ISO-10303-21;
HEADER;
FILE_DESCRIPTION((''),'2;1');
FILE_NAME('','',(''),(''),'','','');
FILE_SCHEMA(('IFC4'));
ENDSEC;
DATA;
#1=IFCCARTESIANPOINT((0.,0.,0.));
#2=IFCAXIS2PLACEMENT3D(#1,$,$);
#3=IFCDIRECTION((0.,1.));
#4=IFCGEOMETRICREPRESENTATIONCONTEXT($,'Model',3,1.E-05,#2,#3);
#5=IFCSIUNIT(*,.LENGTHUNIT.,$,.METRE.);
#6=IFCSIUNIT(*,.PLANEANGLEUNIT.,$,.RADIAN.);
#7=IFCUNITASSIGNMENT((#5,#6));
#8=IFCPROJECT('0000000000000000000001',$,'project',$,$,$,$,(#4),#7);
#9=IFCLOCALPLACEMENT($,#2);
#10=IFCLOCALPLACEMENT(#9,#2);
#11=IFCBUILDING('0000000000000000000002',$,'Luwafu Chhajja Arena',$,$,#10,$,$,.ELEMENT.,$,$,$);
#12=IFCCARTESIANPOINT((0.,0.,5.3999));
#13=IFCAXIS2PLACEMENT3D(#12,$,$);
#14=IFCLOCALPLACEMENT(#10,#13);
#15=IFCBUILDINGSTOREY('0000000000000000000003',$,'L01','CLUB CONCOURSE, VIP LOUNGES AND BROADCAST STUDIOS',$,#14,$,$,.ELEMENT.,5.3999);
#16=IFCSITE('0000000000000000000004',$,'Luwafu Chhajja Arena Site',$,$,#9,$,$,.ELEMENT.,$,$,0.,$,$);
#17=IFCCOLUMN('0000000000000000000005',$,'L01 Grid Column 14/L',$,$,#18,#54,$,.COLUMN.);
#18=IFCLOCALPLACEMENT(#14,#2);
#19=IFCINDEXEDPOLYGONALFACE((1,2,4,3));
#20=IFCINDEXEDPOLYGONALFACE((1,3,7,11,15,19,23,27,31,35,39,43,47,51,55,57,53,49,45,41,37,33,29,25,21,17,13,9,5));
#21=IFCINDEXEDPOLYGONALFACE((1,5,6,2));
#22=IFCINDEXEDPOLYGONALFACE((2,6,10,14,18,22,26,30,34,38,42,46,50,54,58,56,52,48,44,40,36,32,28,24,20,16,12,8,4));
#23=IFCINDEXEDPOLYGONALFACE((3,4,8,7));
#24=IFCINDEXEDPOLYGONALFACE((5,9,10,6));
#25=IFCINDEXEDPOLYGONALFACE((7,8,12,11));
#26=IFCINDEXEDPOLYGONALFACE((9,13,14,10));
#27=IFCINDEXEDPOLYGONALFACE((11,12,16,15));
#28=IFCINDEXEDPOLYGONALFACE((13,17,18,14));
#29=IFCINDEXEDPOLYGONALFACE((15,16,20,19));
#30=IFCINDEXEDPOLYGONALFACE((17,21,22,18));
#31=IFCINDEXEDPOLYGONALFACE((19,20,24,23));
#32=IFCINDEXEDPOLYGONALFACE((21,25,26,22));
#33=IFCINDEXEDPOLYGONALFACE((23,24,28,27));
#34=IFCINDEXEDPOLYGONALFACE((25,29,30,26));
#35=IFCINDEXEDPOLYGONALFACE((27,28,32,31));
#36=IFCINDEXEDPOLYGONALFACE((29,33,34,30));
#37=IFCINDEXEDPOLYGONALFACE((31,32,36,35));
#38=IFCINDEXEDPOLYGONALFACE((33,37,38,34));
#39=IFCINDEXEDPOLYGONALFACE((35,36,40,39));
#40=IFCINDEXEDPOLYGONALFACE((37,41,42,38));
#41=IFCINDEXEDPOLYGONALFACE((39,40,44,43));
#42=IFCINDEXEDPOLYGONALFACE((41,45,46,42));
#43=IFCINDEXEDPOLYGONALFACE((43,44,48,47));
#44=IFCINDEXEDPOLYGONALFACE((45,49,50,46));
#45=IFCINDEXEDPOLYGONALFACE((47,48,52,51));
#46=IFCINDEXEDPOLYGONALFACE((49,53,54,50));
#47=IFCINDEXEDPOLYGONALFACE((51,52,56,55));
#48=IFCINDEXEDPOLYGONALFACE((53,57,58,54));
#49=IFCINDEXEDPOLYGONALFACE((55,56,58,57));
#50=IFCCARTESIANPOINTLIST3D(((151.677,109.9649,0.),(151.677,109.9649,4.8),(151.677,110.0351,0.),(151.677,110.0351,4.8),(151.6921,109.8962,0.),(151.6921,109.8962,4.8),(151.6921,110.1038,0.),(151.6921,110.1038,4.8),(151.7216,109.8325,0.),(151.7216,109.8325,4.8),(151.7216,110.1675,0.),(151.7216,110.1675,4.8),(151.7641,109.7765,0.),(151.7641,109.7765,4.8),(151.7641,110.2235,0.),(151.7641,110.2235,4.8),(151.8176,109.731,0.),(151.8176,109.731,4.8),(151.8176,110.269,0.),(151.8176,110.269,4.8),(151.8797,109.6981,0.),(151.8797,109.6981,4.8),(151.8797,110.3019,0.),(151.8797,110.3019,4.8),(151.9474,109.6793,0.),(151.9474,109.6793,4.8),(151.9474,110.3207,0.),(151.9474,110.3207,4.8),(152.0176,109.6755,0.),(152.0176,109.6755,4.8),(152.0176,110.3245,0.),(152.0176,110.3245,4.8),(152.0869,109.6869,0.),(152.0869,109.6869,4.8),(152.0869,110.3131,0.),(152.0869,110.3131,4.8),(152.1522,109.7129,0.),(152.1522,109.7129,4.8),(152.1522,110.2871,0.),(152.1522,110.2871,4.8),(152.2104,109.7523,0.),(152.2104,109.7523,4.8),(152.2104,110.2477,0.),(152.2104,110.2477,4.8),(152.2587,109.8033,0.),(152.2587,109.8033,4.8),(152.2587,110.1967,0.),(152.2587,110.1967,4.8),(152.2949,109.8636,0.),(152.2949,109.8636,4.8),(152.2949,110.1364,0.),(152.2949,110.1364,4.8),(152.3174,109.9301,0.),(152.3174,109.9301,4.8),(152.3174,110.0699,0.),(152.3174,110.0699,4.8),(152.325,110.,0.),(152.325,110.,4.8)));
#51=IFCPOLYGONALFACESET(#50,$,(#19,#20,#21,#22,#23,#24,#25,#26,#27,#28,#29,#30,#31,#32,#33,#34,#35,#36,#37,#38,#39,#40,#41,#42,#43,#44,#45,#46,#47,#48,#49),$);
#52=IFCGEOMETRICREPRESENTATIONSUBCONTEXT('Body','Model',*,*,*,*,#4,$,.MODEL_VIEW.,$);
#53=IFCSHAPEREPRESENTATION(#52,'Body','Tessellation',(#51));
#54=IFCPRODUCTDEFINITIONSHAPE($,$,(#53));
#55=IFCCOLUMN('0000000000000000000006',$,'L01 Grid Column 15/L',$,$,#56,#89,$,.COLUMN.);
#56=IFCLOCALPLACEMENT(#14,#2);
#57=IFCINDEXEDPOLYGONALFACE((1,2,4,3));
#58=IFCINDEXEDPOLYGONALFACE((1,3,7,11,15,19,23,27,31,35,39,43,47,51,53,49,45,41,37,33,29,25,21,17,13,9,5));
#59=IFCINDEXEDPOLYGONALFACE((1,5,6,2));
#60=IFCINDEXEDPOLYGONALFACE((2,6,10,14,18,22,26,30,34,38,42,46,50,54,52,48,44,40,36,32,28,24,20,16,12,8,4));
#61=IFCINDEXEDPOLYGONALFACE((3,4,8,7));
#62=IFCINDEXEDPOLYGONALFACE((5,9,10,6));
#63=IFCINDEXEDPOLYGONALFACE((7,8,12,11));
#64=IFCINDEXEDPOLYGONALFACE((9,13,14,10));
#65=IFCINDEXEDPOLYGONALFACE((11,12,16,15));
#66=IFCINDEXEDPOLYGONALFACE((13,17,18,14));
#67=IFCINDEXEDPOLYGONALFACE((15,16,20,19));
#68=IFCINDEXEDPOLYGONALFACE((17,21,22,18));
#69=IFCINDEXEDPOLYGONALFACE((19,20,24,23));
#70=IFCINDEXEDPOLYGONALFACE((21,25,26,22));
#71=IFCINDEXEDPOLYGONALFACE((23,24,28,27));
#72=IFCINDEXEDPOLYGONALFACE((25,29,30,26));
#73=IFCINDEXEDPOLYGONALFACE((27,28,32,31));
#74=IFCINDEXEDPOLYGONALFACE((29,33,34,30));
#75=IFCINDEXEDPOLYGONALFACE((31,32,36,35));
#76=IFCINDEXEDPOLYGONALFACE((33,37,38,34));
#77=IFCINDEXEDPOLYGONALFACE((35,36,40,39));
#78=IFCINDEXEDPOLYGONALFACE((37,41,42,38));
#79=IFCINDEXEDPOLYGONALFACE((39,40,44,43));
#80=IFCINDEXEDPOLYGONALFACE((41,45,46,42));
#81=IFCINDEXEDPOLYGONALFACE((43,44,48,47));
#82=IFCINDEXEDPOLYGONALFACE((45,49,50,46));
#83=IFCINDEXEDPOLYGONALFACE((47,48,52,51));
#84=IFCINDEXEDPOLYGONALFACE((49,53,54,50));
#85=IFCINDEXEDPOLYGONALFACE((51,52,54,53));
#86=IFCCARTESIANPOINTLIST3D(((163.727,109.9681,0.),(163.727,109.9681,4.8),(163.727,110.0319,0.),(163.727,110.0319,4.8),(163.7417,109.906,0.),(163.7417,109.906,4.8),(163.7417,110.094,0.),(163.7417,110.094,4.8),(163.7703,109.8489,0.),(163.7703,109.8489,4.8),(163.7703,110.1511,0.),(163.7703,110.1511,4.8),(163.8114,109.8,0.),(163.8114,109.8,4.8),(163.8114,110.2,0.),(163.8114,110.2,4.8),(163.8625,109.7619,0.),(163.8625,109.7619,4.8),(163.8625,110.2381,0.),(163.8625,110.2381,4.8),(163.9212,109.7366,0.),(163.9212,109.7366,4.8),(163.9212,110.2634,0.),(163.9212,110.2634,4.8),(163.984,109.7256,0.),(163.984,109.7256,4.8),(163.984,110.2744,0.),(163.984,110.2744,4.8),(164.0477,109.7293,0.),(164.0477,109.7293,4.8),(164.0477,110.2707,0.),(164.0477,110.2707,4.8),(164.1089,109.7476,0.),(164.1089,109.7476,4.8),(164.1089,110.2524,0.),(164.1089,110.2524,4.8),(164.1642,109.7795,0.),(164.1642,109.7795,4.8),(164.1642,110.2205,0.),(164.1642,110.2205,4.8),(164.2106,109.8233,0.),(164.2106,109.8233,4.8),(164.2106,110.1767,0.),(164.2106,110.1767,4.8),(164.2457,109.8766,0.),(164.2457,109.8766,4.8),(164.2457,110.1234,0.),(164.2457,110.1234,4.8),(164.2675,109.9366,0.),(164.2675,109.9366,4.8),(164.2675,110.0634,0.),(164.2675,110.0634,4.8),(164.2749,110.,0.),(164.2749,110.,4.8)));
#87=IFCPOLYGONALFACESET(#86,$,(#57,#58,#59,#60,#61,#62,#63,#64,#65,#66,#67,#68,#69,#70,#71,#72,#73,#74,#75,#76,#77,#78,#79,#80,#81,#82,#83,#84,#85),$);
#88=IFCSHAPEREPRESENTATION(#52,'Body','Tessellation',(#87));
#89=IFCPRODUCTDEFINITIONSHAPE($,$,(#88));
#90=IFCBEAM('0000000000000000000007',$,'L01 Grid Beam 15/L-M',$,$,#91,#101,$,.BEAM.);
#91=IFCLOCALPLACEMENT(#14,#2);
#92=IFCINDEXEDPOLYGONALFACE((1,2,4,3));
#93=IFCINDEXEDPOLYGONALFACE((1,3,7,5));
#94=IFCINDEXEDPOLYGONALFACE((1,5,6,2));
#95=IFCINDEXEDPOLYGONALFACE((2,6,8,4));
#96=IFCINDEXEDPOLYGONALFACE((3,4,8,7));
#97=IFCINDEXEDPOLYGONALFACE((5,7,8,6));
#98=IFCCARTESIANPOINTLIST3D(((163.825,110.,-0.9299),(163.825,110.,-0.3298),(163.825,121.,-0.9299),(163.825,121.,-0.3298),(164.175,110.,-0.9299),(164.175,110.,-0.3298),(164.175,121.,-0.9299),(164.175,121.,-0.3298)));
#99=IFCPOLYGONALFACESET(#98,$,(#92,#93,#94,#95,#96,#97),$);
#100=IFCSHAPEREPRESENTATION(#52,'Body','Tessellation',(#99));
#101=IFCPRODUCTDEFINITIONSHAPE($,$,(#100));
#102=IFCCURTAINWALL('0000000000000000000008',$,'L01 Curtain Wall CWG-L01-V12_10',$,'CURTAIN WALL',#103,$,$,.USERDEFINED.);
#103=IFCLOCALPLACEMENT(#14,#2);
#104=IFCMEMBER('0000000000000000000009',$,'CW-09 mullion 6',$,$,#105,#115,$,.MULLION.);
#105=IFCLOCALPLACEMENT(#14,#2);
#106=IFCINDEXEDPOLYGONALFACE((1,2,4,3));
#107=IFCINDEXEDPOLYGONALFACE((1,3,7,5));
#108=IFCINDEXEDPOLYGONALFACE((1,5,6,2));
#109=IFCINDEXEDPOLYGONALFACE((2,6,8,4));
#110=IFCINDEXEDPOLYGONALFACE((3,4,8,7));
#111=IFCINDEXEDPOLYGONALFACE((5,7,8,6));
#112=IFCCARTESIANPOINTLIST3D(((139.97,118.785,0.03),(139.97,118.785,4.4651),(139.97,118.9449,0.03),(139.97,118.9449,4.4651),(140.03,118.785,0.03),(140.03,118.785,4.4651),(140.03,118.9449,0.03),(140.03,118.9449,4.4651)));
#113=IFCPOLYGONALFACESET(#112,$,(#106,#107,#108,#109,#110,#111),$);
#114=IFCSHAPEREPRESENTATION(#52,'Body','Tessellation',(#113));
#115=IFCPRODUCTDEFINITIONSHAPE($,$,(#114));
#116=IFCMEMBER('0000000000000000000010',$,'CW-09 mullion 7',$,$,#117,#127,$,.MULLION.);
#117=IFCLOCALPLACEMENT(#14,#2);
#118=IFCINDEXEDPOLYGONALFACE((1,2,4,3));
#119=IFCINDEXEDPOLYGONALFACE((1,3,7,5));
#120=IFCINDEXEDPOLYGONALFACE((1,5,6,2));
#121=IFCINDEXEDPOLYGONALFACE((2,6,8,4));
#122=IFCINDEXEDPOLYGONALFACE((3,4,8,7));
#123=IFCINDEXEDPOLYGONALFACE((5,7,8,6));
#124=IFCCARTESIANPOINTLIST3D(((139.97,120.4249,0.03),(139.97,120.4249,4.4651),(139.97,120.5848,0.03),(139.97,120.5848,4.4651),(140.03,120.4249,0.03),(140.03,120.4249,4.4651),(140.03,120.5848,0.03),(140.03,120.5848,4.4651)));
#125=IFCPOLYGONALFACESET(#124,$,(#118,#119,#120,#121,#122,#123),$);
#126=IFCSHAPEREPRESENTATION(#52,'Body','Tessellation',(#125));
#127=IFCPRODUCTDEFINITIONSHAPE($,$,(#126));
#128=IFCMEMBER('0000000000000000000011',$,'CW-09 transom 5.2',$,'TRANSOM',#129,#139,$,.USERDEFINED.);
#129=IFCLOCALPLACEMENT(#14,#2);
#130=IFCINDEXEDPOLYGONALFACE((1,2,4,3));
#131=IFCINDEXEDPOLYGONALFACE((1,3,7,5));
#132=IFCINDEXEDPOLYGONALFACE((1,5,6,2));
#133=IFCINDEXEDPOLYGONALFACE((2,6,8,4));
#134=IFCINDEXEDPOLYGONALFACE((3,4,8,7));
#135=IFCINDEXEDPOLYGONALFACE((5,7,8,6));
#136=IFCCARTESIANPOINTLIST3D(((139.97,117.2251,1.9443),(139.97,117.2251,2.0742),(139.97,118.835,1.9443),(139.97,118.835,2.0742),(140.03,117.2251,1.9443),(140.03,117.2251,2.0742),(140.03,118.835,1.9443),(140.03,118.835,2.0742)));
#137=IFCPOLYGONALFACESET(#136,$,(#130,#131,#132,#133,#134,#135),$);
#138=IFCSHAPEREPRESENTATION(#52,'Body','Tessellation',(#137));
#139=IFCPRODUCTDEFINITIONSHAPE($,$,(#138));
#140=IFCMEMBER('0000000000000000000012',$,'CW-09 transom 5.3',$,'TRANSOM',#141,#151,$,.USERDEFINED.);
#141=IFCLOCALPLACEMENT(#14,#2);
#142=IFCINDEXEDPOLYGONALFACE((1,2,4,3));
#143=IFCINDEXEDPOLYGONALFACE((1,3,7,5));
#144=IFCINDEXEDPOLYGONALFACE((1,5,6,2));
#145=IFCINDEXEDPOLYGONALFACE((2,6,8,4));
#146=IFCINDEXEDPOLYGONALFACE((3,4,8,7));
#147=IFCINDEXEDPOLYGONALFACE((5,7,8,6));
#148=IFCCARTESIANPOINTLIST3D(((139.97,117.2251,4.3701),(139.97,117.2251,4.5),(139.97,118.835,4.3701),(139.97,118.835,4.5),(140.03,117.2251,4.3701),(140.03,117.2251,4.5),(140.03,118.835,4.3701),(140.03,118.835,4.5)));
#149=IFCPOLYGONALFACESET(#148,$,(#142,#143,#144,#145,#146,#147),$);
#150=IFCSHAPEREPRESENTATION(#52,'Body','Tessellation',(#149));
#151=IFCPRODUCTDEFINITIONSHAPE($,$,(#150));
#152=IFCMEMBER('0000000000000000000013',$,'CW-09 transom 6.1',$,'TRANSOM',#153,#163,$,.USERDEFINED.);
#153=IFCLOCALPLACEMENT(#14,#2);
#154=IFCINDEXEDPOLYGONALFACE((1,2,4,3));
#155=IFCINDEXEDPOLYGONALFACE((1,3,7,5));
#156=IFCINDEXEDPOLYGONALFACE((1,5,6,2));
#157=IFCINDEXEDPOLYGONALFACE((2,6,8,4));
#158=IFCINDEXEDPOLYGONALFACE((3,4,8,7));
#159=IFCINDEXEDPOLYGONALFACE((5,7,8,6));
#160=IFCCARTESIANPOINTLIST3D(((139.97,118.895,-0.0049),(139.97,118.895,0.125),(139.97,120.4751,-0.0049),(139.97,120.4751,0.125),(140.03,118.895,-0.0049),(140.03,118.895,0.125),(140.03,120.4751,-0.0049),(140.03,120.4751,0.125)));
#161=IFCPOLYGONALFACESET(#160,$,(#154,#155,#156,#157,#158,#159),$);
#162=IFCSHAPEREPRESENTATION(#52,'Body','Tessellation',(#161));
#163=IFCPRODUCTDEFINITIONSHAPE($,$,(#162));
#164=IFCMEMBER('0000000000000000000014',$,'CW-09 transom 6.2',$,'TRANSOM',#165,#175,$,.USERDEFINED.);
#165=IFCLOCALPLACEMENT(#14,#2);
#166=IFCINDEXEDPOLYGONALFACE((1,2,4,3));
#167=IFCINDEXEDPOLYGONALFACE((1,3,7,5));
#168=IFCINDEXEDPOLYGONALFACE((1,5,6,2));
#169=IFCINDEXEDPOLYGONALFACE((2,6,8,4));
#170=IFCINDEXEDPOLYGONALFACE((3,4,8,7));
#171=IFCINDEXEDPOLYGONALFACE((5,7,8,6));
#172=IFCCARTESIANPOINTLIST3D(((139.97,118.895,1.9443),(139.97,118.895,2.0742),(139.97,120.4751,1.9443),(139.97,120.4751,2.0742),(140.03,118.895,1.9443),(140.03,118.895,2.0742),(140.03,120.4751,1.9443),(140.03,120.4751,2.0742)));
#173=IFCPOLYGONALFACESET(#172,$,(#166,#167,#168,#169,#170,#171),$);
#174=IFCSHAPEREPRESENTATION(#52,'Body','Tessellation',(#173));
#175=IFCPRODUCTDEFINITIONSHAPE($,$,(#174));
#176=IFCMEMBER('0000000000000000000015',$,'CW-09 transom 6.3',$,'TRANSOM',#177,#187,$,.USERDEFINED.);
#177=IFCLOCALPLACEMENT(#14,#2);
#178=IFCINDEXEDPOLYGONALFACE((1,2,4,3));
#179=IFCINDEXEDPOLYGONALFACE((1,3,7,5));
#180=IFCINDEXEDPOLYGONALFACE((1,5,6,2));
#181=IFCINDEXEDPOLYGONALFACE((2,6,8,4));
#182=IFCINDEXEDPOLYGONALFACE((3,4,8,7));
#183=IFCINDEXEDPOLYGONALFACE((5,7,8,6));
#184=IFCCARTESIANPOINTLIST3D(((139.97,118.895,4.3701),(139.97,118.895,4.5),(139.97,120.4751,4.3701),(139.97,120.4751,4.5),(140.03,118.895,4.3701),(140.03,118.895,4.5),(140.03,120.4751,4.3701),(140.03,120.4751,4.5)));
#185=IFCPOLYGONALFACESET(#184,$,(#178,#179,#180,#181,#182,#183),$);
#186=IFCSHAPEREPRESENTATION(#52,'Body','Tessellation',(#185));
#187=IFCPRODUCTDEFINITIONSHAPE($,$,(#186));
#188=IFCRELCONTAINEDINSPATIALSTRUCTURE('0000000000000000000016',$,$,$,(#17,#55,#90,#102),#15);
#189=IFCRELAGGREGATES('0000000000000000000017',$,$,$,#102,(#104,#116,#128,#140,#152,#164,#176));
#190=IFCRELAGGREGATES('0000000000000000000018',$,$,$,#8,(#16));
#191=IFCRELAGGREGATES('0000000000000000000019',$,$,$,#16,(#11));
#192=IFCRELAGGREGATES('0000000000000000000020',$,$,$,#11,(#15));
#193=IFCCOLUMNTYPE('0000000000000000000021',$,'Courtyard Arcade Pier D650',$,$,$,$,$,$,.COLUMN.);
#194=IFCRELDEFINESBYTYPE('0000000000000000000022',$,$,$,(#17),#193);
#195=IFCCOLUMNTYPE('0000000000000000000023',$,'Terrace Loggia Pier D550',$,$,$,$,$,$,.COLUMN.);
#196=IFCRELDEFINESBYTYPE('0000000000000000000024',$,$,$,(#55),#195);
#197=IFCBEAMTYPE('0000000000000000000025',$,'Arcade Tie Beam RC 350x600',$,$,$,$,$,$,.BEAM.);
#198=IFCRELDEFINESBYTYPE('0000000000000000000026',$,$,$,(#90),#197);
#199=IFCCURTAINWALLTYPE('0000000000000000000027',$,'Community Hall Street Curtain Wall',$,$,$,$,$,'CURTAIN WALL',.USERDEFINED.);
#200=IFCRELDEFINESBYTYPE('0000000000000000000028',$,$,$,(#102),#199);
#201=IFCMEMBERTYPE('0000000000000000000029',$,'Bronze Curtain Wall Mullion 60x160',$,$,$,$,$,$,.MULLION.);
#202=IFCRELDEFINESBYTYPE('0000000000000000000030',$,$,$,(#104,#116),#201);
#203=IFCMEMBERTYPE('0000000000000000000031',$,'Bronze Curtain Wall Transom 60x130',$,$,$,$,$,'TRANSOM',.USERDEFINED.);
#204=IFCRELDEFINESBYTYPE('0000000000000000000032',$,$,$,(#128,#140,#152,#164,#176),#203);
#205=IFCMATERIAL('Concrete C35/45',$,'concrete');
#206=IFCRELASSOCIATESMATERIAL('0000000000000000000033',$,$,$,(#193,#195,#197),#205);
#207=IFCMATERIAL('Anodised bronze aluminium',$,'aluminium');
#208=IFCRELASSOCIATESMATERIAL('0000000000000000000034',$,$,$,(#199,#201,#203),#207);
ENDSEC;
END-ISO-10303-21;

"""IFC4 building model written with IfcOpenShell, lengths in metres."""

from ifc_helpers import new_model, si_unit, direction, frame, origin, origin_2d, place, context, subcontext, project, spatial, rectangle, circle, extrude, material, material_profile, profile_set, type_object, element, aggregate, save


model = new_model("IFC4")

# Units and contexts
model_context = context("Model", 3, precision=1e-05, world=origin(), true_north=direction((0.0, 1.0)))
body_context = subcontext(model_context, "Body", "Model", "MODEL_VIEW")
ifc_project = project(units=[si_unit("LENGTHUNIT", "METRE"), si_unit("PLANEANGLEUNIT", "RADIAN")], contexts=[model_context])

# Site, building, storey
site_placement = place(None, origin())
site = spatial("IfcSite", under=ifc_project, at=site_placement, Name="Luwafu Chhajja Arena Site", CompositionType="ELEMENT", RefElevation=0.0)
building_placement = place(site_placement, origin())
building = spatial("IfcBuilding", under=site, at=building_placement, Name="Luwafu Chhajja Arena", CompositionType="ELEMENT")
storey_placement = place(building_placement, frame((0.0, 0.0, 5.3999)))
storey = spatial("IfcBuildingStorey", under=building, at=storey_placement, Name="L01", Description="CLUB CONCOURSE, VIP LOUNGES AND BROADCAST STUDIOS", CompositionType="ELEMENT", Elevation=5.3999)

# Columns
ifc_material_1 = material(Name="Concrete C35/45", Category="concrete")
ifc_material_profile_1 = material_profile(ifc_material_1, circle(Radius=0.325, at=origin_2d()), Name="RC COL D650")
ifc_profile_set_1 = profile_set([ifc_material_profile_1], Name="Concrete C35/45")
column_type_1 = type_object("IfcColumnType", Name="Courtyard Arcade Pier D650", PredefinedType="COLUMN", material=ifc_profile_set_1)
column_1_placement = place(storey_placement, frame((152.0, 110.0, 0.0), z_axis=(0.0, 0.0, 1.0), x_axis=(1.0, 0.0, 0.0)))
element("IfcColumn", 1, at=column_1_placement, inside=storey, type_object=column_type_1, Name="L01 Grid Column 14/L", PredefinedType="COLUMN", context=body_context, shape_type="SweptSolid", body=[
    extrude(circle(Radius=0.325, at=origin_2d()), origin(), (0.0, 0.0, 1.0), 4.8),
])
ifc_material_profile_2 = material_profile(ifc_material_1, circle(Radius=0.2749, at=origin_2d()), Name="RC COL D550")
ifc_profile_set_2 = profile_set([ifc_material_profile_2], Name="Concrete C35/45")
column_type_2 = type_object("IfcColumnType", Name="Terrace Loggia Pier D550", PredefinedType="COLUMN", material=ifc_profile_set_2)
column_2_placement = place(storey_placement, frame((164.0, 110.0, 0.0), z_axis=(0.0, 0.0, 1.0), x_axis=(1.0, 0.0, 0.0)))
element("IfcColumn", 2, at=column_2_placement, inside=storey, type_object=column_type_2, Name="L01 Grid Column 15/L", PredefinedType="COLUMN", context=body_context, shape_type="SweptSolid", body=[
    extrude(circle(Radius=0.2749, at=origin_2d()), origin(), (0.0, 0.0, 1.0), 4.8),
])

# Beam
ifc_material_profile_3 = material_profile(ifc_material_1, rectangle(XDim=0.3501, YDim=0.6001, at=origin_2d()), Name="RC 350x600")
ifc_profile_set_3 = profile_set([ifc_material_profile_3], Name="Concrete C35/45")
beam_type_1 = type_object("IfcBeamType", Name="Arcade Tie Beam RC 350x600", PredefinedType="BEAM", material=ifc_profile_set_3)
beam_1_placement = place(storey_placement, frame((164.0, 110.0, -0.6299), z_axis=(0.0, 1.0, 0.0), x_axis=(-1.0, 0.0, 0.0)))
element("IfcBeam", 3, at=beam_1_placement, inside=storey, type_object=beam_type_1, Name="L01 Grid Beam 15/L-M", PredefinedType="BEAM", context=body_context, shape_type="SweptSolid", body=[
    extrude(rectangle(XDim=0.3501, YDim=0.6001, at=origin_2d()), origin(), (0.0, 0.0, 1.0), 11.0),
])

# Curtain wall, members
ifc_material_2 = material(Name="Anodised bronze aluminium", Category="aluminium")
curtain_wall_type = type_object("IfcCurtainWallType", Name="Community Hall Street Curtain Wall", ElementType="CURTAIN WALL", PredefinedType="USERDEFINED", material=ifc_material_2)
curtain_wall_placement = place(storey_placement, origin())
curtain_wall = element("IfcCurtainWall", 4, at=curtain_wall_placement, inside=storey, type_object=curtain_wall_type, Name="L01 Curtain Wall CWG-L01-V12_10", ObjectType="CURTAIN WALL", PredefinedType="USERDEFINED")
ifc_material_profile_4 = material_profile(ifc_material_2, rectangle(XDim=0.0601, YDim=0.1599, at=origin_2d()), Name="CWM 60x160")
ifc_profile_set_4 = profile_set([ifc_material_profile_4], Name="Anodised bronze aluminium")
member_type_1 = type_object("IfcMemberType", Name="Bronze Curtain Wall Mullion 60x160", PredefinedType="MULLION", material=ifc_profile_set_4)
member_1_placement = place(storey_placement, frame((140.0, 118.865, 0.03), z_axis=(0.0, 0.0, 1.0), x_axis=(-1.0, 0.0, 0.0)))
member_1 = element("IfcMember", 5, at=member_1_placement, type_object=member_type_1, Name="CW-09 mullion 6", PredefinedType="MULLION", context=body_context, shape_type="SweptSolid", body=[
    extrude(rectangle(XDim=0.0601, YDim=0.1599, at=origin_2d()), origin(), (0.0, 0.0, 1.0), 4.4351),
])
member_2_placement = place(storey_placement, frame((140.0, 120.5049, 0.03), z_axis=(0.0, 0.0, 1.0), x_axis=(-1.0, 0.0, 0.0)))
member_2 = element("IfcMember", 6, at=member_2_placement, type_object=member_type_1, Name="CW-09 mullion 7", PredefinedType="MULLION", context=body_context, shape_type="SweptSolid", body=[
    extrude(rectangle(XDim=0.0601, YDim=0.1599, at=origin_2d()), origin(), (0.0, 0.0, 1.0), 4.4351),
])
ifc_material_profile_5 = material_profile(ifc_material_2, rectangle(XDim=0.0601, YDim=0.1299, at=origin_2d()), Name="CWT 60x130")
ifc_profile_set_5 = profile_set([ifc_material_profile_5], Name="Anodised bronze aluminium")
member_type_2 = type_object("IfcMemberType", Name="Bronze Curtain Wall Transom 60x130", ElementType="TRANSOM", PredefinedType="USERDEFINED", material=ifc_profile_set_5)
member_3_placement = place(storey_placement, frame((140.0, 117.2251, 2.0093), z_axis=(0.0, 1.0, 0.0), x_axis=(-1.0, 0.0, 0.0)))
member_3 = element("IfcMember", 7, at=member_3_placement, type_object=member_type_2, Name="CW-09 transom 5.2", ObjectType="TRANSOM", PredefinedType="USERDEFINED", context=body_context, shape_type="SweptSolid", body=[
    extrude(rectangle(XDim=0.0601, YDim=0.1299, at=origin_2d()), origin(), (0.0, 0.0, 1.0), 1.6099),
])
member_4_placement = place(storey_placement, frame((140.0, 117.2251, 4.4351), z_axis=(0.0, 1.0, 0.0), x_axis=(-1.0, 0.0, 0.0)))
member_4 = element("IfcMember", 8, at=member_4_placement, type_object=member_type_2, Name="CW-09 transom 5.3", ObjectType="TRANSOM", PredefinedType="USERDEFINED", context=body_context, shape_type="SweptSolid", body=[
    extrude(rectangle(XDim=0.0601, YDim=0.1299, at=origin_2d()), origin(), (0.0, 0.0, 1.0), 1.6099),
])
member_5_placement = place(storey_placement, frame((140.0, 118.895, 0.0601), z_axis=(0.0, 1.0, 0.0), x_axis=(-1.0, 0.0, 0.0)))
member_5 = element("IfcMember", 9, at=member_5_placement, type_object=member_type_2, Name="CW-09 transom 6.1", ObjectType="TRANSOM", PredefinedType="USERDEFINED", context=body_context, shape_type="SweptSolid", body=[
    extrude(rectangle(XDim=0.0601, YDim=0.1299, at=origin_2d()), origin(), (0.0, 0.0, 1.0), 1.5801),
])
member_6_placement = place(storey_placement, frame((140.0, 118.895, 2.0093), z_axis=(0.0, 1.0, 0.0), x_axis=(-1.0, 0.0, 0.0)))
member_6 = element("IfcMember", 10, at=member_6_placement, type_object=member_type_2, Name="CW-09 transom 6.2", ObjectType="TRANSOM", PredefinedType="USERDEFINED", context=body_context, shape_type="SweptSolid", body=[
    extrude(rectangle(XDim=0.0601, YDim=0.1299, at=origin_2d()), origin(), (0.0, 0.0, 1.0), 1.5801),
])
member_7_placement = place(storey_placement, frame((140.0, 118.895, 4.4351), z_axis=(0.0, 1.0, 0.0), x_axis=(-1.0, 0.0, 0.0)))
member_7 = element("IfcMember", 11, at=member_7_placement, type_object=member_type_2, Name="CW-09 transom 6.3", ObjectType="TRANSOM", PredefinedType="USERDEFINED", context=body_context, shape_type="SweptSolid", body=[
    extrude(rectangle(XDim=0.0601, YDim=0.1299, at=origin_2d()), origin(), (0.0, 0.0, 1.0), 1.5801),
])

aggregate(curtain_wall, [member_1, member_2, member_3, member_4, member_5, member_6, member_7])

save(model, "model.ifc")
